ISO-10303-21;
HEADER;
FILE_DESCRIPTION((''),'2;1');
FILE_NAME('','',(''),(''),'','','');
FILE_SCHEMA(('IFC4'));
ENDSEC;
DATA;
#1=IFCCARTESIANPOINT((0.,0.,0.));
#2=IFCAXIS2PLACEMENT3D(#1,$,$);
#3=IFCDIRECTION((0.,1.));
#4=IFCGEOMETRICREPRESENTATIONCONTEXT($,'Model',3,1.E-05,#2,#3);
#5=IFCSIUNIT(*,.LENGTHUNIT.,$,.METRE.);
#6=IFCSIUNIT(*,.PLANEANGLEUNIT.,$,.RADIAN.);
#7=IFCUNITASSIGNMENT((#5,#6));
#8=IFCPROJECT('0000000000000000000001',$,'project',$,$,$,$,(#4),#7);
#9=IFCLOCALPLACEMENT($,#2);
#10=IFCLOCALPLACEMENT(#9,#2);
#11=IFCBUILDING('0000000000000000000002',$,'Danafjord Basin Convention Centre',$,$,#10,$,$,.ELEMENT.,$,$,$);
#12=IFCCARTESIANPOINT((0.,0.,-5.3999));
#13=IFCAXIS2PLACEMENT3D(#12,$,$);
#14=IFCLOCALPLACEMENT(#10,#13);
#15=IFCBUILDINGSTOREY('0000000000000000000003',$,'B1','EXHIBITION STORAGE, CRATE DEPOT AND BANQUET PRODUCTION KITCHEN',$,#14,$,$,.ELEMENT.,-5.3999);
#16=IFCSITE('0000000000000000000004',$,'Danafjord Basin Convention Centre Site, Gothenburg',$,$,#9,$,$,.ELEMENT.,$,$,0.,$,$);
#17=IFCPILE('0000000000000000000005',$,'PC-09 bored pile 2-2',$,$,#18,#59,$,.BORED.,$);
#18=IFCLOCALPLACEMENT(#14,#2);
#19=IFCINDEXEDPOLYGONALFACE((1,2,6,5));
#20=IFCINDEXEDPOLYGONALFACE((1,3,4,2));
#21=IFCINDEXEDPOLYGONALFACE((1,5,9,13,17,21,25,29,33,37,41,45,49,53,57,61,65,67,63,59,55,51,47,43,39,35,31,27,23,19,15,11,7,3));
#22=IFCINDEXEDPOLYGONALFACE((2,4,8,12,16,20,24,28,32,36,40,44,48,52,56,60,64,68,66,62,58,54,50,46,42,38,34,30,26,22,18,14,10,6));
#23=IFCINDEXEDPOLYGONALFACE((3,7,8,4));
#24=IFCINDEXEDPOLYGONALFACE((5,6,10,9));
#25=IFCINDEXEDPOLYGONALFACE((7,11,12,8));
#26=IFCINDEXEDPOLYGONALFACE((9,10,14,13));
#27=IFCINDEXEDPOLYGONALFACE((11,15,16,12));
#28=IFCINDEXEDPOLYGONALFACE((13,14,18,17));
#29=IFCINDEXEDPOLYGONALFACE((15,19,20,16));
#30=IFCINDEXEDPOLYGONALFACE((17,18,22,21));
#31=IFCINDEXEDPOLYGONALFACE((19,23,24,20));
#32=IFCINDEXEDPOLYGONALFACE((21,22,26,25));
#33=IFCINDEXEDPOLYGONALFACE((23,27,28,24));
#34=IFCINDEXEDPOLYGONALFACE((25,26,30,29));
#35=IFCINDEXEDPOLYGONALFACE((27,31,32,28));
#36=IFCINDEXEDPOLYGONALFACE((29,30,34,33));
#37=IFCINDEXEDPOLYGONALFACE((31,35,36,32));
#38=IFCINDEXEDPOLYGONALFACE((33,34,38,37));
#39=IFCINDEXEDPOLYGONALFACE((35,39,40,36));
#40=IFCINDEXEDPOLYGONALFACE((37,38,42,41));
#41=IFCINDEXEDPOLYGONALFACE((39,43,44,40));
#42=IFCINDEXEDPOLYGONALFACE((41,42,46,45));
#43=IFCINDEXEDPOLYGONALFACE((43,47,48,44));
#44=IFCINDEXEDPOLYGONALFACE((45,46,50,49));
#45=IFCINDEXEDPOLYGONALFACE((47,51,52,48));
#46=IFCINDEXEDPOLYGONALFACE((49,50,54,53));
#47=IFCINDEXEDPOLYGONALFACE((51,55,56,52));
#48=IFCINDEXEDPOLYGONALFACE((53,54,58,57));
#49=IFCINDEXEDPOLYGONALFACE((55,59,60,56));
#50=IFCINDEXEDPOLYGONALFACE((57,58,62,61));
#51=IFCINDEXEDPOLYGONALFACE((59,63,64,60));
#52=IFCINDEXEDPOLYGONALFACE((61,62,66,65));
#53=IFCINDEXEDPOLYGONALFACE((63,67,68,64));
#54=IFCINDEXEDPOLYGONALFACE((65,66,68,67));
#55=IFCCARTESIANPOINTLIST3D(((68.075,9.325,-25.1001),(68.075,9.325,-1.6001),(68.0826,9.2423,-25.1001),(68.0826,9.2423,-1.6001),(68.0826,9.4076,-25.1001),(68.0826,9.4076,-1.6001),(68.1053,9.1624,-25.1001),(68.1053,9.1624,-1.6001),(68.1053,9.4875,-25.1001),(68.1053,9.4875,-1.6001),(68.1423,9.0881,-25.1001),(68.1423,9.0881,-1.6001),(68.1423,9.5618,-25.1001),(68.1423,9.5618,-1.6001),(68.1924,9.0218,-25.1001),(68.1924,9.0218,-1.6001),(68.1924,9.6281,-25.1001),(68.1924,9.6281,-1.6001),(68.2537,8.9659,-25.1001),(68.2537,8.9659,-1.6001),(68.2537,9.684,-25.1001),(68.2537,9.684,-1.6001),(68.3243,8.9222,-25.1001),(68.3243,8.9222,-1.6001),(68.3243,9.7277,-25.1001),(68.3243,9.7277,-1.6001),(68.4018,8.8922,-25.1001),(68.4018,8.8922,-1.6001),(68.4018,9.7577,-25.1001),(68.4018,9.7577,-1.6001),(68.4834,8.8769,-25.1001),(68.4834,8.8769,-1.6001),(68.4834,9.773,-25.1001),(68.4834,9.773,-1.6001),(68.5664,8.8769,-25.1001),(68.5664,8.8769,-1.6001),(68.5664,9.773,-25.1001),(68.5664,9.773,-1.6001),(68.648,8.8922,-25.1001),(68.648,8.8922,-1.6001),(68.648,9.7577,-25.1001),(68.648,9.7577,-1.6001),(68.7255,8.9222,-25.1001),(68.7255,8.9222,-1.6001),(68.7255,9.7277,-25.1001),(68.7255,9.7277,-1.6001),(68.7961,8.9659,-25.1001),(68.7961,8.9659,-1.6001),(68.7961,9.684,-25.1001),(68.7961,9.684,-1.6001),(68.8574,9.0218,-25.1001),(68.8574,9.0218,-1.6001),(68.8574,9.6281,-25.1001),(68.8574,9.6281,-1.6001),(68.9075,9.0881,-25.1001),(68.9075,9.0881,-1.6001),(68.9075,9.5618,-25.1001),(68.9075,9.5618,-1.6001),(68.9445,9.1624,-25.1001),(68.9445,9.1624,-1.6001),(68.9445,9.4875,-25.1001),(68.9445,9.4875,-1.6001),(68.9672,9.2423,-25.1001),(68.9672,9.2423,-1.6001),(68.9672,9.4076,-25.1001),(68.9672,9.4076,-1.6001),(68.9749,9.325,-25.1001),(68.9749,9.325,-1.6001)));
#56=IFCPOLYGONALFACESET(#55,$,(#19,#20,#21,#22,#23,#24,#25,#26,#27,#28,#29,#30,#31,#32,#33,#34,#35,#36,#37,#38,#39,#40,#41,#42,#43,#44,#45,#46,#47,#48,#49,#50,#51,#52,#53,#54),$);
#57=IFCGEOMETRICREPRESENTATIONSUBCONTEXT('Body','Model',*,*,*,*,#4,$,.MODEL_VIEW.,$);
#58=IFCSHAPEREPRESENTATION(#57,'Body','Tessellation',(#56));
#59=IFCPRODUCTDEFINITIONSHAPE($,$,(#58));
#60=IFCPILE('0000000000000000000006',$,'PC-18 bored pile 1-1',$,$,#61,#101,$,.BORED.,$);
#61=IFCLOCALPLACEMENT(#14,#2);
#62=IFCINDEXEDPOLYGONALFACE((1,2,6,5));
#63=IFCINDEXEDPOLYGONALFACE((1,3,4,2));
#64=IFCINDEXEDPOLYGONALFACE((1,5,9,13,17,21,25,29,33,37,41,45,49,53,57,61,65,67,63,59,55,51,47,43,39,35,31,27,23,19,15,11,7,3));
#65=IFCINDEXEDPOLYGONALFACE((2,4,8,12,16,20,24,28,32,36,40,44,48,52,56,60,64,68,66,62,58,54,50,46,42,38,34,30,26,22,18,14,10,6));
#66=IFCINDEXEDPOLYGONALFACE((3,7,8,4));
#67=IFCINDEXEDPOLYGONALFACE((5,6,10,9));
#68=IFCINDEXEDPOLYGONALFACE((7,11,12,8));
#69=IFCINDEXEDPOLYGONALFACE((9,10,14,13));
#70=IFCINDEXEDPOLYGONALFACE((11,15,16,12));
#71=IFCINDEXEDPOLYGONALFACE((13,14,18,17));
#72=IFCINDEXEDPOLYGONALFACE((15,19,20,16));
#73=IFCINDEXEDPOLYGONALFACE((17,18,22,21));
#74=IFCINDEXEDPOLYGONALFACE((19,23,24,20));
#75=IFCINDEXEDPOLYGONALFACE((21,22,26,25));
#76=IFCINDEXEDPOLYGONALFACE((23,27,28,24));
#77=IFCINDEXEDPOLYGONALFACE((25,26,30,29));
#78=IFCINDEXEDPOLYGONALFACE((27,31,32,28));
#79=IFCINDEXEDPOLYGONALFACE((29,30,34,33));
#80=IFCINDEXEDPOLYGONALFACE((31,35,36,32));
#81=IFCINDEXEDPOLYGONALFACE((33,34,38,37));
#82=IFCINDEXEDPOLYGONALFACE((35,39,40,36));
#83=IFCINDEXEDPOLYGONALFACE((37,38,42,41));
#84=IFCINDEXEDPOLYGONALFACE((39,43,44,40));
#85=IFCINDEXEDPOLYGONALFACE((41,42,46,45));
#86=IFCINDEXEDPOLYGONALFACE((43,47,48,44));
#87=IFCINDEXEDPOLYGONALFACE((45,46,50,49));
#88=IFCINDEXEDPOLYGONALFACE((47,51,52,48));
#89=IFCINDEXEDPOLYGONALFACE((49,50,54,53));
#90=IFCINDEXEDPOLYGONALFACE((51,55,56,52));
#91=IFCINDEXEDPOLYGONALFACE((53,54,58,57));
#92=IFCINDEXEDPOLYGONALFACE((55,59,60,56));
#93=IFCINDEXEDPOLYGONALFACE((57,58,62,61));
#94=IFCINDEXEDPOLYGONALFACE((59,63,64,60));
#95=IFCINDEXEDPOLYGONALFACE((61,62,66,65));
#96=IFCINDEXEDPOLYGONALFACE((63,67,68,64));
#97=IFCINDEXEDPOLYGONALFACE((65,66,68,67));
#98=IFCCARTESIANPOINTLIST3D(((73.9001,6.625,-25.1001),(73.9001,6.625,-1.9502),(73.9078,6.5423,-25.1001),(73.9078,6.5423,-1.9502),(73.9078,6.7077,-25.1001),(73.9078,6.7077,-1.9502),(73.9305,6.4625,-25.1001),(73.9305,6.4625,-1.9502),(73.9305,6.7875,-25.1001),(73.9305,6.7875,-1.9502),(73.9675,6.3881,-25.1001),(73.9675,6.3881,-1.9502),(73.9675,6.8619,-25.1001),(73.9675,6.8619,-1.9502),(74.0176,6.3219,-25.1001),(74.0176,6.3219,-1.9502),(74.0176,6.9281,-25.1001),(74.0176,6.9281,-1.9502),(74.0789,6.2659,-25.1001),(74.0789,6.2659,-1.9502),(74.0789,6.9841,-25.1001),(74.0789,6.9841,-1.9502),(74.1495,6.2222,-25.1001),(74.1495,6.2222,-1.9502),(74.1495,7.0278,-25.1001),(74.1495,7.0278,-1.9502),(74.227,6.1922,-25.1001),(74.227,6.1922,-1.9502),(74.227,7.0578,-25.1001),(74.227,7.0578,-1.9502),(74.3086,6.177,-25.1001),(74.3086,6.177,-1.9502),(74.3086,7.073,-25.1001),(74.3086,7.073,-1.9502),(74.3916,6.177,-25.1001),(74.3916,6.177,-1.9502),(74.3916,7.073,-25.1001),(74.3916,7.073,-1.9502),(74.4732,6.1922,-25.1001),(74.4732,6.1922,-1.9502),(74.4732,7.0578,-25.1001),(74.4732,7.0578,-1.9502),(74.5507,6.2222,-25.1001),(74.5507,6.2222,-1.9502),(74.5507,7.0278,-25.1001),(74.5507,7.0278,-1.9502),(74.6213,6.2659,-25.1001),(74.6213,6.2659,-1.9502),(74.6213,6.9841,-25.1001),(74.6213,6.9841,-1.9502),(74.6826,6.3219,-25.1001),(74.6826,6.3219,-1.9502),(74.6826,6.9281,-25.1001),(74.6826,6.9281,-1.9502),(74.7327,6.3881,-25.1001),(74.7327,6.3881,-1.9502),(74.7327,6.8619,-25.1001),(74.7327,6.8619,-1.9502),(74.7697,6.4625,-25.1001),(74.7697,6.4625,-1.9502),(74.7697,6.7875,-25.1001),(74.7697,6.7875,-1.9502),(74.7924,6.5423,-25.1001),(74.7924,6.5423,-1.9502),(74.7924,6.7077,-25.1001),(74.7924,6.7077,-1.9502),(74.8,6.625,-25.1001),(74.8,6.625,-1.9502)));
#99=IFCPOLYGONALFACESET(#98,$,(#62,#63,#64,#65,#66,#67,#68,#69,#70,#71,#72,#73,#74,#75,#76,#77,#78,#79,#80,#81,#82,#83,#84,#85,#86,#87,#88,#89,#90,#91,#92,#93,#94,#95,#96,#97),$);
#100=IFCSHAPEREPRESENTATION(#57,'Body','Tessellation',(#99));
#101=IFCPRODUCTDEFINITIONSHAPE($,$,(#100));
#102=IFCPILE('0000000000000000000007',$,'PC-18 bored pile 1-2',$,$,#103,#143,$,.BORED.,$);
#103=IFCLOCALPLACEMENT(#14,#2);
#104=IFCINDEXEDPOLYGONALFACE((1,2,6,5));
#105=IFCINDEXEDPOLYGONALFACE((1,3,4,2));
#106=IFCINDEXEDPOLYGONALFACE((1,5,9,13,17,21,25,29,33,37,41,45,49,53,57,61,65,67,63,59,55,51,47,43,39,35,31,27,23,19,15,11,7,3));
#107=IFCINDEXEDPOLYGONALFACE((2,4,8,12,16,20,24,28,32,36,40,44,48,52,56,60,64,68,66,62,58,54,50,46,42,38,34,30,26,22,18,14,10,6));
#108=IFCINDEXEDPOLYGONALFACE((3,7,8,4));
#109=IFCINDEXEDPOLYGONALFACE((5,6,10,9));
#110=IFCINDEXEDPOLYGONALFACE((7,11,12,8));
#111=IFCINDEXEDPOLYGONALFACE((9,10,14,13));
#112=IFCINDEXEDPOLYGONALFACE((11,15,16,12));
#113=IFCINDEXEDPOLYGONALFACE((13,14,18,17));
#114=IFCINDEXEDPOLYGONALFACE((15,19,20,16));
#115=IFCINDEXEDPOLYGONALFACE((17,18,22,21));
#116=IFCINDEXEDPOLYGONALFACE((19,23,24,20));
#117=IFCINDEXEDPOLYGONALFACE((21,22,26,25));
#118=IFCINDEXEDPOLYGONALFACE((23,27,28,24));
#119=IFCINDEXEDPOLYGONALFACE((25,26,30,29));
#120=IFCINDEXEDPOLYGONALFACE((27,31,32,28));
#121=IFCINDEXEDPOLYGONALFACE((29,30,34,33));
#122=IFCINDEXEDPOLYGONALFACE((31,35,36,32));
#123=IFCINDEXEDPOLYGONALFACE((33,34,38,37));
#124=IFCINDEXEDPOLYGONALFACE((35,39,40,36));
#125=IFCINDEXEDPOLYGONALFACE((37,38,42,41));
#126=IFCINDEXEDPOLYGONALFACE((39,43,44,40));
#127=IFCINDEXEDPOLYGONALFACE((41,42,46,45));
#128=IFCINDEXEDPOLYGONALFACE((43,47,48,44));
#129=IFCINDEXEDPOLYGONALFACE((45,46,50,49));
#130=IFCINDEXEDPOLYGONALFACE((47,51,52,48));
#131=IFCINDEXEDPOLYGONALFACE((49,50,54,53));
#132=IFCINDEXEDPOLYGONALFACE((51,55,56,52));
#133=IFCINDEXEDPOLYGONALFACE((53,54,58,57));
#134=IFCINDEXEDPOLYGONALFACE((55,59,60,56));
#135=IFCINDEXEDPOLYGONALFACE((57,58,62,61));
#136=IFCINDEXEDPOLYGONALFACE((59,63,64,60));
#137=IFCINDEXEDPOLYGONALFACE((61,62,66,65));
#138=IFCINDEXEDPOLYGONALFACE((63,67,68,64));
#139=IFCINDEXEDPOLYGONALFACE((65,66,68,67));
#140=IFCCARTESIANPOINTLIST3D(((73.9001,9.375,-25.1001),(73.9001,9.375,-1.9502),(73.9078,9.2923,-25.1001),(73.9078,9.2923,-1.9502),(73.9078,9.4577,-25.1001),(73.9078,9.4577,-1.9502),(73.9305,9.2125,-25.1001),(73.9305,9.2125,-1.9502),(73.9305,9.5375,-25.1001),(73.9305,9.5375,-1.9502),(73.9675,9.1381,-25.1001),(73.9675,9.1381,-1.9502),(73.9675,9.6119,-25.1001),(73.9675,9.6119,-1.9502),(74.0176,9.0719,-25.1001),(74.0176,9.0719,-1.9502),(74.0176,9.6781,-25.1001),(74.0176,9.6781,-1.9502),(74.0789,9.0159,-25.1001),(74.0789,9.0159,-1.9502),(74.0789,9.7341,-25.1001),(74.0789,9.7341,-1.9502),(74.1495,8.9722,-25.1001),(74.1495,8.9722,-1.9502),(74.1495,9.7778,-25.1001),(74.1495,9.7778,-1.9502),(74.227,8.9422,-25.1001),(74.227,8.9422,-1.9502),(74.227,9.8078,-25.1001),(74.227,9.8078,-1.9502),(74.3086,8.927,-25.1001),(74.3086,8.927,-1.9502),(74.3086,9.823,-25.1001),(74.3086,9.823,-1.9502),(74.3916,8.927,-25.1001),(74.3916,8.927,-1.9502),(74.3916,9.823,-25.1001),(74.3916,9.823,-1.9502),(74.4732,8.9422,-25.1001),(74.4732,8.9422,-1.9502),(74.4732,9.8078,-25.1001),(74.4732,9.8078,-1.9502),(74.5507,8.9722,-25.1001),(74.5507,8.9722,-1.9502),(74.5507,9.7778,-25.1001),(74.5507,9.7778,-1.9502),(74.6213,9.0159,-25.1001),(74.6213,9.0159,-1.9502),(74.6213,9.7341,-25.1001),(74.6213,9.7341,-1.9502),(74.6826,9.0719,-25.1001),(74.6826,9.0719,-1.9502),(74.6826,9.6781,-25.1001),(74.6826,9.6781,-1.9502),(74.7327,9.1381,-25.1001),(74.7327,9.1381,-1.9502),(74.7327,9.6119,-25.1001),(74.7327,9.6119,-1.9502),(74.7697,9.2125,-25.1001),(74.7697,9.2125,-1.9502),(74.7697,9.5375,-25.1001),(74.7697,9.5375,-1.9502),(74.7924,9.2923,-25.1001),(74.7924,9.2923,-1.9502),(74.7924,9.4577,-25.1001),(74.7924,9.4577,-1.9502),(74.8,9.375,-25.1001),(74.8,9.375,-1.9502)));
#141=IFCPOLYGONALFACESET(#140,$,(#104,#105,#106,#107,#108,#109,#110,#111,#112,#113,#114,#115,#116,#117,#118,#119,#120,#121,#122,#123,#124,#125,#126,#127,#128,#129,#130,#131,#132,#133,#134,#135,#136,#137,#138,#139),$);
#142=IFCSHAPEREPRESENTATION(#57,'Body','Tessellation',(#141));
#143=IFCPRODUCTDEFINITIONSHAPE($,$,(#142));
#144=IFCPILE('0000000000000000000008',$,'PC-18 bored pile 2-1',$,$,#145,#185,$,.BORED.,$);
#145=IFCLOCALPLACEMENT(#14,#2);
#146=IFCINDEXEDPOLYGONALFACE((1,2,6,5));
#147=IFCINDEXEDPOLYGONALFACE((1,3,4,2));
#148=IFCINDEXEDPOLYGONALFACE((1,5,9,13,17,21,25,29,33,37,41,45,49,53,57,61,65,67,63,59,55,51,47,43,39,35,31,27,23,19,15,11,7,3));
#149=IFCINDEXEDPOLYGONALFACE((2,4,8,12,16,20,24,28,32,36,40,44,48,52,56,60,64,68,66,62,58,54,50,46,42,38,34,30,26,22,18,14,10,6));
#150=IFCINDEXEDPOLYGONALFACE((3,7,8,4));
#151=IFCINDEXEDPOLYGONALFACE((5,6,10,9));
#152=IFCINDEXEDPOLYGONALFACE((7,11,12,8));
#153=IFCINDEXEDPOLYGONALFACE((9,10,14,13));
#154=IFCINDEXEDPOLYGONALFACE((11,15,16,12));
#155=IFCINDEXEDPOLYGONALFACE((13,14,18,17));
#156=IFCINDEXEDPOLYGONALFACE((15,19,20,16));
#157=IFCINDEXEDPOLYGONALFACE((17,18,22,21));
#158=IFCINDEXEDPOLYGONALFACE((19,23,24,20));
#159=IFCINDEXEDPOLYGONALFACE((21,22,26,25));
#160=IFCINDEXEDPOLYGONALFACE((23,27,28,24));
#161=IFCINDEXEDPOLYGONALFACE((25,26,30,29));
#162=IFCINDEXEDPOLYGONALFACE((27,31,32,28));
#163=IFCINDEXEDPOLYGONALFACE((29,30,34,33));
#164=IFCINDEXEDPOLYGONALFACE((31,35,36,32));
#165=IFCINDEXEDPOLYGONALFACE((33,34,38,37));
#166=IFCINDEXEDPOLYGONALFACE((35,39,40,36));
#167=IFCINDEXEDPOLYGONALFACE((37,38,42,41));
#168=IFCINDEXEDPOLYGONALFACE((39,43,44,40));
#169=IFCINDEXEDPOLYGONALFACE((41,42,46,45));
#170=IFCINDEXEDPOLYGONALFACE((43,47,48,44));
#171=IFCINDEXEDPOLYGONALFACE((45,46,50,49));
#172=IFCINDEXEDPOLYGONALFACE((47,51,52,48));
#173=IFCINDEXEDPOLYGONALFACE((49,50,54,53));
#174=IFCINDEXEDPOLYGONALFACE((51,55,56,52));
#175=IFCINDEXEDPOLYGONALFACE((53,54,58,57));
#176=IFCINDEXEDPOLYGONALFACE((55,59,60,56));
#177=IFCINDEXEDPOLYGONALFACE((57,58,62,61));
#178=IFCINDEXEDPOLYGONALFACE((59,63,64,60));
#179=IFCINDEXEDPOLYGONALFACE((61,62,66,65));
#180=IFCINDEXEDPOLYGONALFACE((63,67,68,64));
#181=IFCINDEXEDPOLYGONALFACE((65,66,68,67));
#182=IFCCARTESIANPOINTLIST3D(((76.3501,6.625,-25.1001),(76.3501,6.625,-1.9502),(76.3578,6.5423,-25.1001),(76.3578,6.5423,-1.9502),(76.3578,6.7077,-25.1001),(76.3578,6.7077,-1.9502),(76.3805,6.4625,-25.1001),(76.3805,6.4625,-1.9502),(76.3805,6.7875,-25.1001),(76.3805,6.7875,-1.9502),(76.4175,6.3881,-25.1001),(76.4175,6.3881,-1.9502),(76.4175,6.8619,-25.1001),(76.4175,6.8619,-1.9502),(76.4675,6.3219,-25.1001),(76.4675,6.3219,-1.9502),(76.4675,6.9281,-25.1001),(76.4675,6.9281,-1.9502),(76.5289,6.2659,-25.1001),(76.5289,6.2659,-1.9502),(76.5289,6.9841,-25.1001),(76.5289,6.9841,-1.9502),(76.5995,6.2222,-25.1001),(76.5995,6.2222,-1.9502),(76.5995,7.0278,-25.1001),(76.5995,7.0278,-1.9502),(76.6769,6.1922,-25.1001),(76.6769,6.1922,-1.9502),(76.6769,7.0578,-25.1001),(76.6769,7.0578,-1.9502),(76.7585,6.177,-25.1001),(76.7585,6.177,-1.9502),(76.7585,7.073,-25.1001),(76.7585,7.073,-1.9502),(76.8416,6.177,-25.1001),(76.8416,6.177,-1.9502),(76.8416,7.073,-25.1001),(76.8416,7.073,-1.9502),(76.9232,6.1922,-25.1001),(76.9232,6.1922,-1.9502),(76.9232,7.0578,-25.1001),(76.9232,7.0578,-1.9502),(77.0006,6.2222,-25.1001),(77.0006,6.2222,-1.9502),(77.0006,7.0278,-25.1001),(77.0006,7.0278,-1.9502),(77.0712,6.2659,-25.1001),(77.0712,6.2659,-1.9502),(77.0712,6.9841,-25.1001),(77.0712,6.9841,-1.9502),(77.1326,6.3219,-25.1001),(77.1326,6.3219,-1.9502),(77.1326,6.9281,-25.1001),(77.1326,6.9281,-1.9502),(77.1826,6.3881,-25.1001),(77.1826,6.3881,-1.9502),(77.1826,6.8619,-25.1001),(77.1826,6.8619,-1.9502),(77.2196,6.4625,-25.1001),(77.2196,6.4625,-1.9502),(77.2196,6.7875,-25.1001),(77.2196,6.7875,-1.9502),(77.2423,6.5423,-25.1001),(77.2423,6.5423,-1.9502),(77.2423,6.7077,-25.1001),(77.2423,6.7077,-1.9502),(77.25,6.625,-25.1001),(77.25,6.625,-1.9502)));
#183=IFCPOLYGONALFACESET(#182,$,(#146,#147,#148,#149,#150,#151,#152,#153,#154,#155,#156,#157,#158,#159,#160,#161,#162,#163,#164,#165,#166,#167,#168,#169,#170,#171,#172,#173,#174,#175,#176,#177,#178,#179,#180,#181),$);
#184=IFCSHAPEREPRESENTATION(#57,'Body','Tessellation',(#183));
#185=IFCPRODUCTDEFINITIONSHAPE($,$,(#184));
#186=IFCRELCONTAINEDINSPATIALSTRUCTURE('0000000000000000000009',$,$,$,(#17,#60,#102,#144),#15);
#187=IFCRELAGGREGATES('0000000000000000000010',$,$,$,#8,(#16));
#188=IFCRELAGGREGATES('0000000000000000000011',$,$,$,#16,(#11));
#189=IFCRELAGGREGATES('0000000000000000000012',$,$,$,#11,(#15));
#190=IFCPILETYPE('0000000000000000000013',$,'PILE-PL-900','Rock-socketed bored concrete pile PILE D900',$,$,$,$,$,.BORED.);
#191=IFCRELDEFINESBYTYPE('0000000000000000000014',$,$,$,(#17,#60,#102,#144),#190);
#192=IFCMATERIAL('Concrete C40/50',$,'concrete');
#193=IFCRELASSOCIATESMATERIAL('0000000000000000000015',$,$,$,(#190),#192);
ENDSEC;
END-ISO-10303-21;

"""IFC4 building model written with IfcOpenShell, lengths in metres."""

from ifc_helpers import new_model, si_unit, direction, frame, origin, origin_2d, place, context, subcontext, project, spatial, circle, extrude, material, material_profile, profile_set, type_object, element, save


model = new_model("IFC4")

# Units and contexts
model_context = context("Model", 3, precision=1e-05, world=origin(), true_north=direction((0.0, 1.0)))
body_context = subcontext(model_context, "Body", "Model", "MODEL_VIEW")
ifc_project = project(units=[si_unit("LENGTHUNIT", "METRE"), si_unit("PLANEANGLEUNIT", "RADIAN")], contexts=[model_context])

# Site, building, storey
site_placement = place(None, origin())
site = spatial("IfcSite", under=ifc_project, at=site_placement, Name="Danafjord Basin Convention Centre Site, Gothenburg", CompositionType="ELEMENT", RefElevation=0.0)
building_placement = place(site_placement, origin())
building = spatial("IfcBuilding", under=site, at=building_placement, Name="Danafjord Basin Convention Centre", CompositionType="ELEMENT")
storey_placement = place(building_placement, frame((0.0, 0.0, -5.3999)))
storey = spatial("IfcBuildingStorey", under=building, at=storey_placement, Name="B1", Description="EXHIBITION STORAGE, CRATE DEPOT AND BANQUET PRODUCTION KITCHEN", CompositionType="ELEMENT", Elevation=-5.3999)

# Shared definitions
ifc_material_1 = material(Name="Concrete C40/50", Category="concrete")

# Piles
ifc_material_profile_1 = material_profile(ifc_material_1, circle(Radius=0.45, at=origin_2d()), Name="PILE D900")
ifc_profile_set_1 = profile_set([ifc_material_profile_1], Name="Concrete C40/50")
pile_type_1 = type_object("IfcPileType", Name="PILE-PL-900", Description="Rock-socketed bored concrete pile PILE D900", PredefinedType="BORED", material=ifc_profile_set_1)
for number, where, z_axis, x_axis, name in (
    (1, (68.5249, 9.325, -1.6001), (0.0, 0.0, -1.0), (1.0, 0.0, 0.0), "PC-09 bored pile 2-2"),
):
    element("IfcPile", number, at=place(storey_placement, frame(where, z_axis=z_axis, x_axis=x_axis)), inside=storey, type_object=pile_type_1, Name=name, PredefinedType="BORED", context=body_context, shape_type="SweptSolid", body=[
        extrude(circle(Radius=0.45, at=origin_2d()), origin(), (0.0, 0.0, 1.0), 23.5),
    ])
for number, where, z_axis, x_axis, name in (
    (2, (74.3501, 6.625, -1.9502), (0.0, 0.0, -1.0), (1.0, 0.0, 0.0), "PC-18 bored pile 1-1"),
    (3, (74.3501, 9.375, -1.9502), (0.0, 0.0, -1.0), (1.0, 0.0, 0.0), "PC-18 bored pile 1-2"),
    (4, (76.8, 6.625, -1.9502), (0.0, 0.0, -1.0), (1.0, 0.0, 0.0), "PC-18 bored pile 2-1"),
):
    element("IfcPile", number, at=place(storey_placement, frame(where, z_axis=z_axis, x_axis=x_axis)), inside=storey, type_object=pile_type_1, Name=name, PredefinedType="BORED", context=body_context, shape_type="SweptSolid", body=[
        extrude(circle(Radius=0.45, at=origin_2d()), origin(), (0.0, 0.0, 1.0), 23.1499),
    ])

save(model, "model.ifc")
